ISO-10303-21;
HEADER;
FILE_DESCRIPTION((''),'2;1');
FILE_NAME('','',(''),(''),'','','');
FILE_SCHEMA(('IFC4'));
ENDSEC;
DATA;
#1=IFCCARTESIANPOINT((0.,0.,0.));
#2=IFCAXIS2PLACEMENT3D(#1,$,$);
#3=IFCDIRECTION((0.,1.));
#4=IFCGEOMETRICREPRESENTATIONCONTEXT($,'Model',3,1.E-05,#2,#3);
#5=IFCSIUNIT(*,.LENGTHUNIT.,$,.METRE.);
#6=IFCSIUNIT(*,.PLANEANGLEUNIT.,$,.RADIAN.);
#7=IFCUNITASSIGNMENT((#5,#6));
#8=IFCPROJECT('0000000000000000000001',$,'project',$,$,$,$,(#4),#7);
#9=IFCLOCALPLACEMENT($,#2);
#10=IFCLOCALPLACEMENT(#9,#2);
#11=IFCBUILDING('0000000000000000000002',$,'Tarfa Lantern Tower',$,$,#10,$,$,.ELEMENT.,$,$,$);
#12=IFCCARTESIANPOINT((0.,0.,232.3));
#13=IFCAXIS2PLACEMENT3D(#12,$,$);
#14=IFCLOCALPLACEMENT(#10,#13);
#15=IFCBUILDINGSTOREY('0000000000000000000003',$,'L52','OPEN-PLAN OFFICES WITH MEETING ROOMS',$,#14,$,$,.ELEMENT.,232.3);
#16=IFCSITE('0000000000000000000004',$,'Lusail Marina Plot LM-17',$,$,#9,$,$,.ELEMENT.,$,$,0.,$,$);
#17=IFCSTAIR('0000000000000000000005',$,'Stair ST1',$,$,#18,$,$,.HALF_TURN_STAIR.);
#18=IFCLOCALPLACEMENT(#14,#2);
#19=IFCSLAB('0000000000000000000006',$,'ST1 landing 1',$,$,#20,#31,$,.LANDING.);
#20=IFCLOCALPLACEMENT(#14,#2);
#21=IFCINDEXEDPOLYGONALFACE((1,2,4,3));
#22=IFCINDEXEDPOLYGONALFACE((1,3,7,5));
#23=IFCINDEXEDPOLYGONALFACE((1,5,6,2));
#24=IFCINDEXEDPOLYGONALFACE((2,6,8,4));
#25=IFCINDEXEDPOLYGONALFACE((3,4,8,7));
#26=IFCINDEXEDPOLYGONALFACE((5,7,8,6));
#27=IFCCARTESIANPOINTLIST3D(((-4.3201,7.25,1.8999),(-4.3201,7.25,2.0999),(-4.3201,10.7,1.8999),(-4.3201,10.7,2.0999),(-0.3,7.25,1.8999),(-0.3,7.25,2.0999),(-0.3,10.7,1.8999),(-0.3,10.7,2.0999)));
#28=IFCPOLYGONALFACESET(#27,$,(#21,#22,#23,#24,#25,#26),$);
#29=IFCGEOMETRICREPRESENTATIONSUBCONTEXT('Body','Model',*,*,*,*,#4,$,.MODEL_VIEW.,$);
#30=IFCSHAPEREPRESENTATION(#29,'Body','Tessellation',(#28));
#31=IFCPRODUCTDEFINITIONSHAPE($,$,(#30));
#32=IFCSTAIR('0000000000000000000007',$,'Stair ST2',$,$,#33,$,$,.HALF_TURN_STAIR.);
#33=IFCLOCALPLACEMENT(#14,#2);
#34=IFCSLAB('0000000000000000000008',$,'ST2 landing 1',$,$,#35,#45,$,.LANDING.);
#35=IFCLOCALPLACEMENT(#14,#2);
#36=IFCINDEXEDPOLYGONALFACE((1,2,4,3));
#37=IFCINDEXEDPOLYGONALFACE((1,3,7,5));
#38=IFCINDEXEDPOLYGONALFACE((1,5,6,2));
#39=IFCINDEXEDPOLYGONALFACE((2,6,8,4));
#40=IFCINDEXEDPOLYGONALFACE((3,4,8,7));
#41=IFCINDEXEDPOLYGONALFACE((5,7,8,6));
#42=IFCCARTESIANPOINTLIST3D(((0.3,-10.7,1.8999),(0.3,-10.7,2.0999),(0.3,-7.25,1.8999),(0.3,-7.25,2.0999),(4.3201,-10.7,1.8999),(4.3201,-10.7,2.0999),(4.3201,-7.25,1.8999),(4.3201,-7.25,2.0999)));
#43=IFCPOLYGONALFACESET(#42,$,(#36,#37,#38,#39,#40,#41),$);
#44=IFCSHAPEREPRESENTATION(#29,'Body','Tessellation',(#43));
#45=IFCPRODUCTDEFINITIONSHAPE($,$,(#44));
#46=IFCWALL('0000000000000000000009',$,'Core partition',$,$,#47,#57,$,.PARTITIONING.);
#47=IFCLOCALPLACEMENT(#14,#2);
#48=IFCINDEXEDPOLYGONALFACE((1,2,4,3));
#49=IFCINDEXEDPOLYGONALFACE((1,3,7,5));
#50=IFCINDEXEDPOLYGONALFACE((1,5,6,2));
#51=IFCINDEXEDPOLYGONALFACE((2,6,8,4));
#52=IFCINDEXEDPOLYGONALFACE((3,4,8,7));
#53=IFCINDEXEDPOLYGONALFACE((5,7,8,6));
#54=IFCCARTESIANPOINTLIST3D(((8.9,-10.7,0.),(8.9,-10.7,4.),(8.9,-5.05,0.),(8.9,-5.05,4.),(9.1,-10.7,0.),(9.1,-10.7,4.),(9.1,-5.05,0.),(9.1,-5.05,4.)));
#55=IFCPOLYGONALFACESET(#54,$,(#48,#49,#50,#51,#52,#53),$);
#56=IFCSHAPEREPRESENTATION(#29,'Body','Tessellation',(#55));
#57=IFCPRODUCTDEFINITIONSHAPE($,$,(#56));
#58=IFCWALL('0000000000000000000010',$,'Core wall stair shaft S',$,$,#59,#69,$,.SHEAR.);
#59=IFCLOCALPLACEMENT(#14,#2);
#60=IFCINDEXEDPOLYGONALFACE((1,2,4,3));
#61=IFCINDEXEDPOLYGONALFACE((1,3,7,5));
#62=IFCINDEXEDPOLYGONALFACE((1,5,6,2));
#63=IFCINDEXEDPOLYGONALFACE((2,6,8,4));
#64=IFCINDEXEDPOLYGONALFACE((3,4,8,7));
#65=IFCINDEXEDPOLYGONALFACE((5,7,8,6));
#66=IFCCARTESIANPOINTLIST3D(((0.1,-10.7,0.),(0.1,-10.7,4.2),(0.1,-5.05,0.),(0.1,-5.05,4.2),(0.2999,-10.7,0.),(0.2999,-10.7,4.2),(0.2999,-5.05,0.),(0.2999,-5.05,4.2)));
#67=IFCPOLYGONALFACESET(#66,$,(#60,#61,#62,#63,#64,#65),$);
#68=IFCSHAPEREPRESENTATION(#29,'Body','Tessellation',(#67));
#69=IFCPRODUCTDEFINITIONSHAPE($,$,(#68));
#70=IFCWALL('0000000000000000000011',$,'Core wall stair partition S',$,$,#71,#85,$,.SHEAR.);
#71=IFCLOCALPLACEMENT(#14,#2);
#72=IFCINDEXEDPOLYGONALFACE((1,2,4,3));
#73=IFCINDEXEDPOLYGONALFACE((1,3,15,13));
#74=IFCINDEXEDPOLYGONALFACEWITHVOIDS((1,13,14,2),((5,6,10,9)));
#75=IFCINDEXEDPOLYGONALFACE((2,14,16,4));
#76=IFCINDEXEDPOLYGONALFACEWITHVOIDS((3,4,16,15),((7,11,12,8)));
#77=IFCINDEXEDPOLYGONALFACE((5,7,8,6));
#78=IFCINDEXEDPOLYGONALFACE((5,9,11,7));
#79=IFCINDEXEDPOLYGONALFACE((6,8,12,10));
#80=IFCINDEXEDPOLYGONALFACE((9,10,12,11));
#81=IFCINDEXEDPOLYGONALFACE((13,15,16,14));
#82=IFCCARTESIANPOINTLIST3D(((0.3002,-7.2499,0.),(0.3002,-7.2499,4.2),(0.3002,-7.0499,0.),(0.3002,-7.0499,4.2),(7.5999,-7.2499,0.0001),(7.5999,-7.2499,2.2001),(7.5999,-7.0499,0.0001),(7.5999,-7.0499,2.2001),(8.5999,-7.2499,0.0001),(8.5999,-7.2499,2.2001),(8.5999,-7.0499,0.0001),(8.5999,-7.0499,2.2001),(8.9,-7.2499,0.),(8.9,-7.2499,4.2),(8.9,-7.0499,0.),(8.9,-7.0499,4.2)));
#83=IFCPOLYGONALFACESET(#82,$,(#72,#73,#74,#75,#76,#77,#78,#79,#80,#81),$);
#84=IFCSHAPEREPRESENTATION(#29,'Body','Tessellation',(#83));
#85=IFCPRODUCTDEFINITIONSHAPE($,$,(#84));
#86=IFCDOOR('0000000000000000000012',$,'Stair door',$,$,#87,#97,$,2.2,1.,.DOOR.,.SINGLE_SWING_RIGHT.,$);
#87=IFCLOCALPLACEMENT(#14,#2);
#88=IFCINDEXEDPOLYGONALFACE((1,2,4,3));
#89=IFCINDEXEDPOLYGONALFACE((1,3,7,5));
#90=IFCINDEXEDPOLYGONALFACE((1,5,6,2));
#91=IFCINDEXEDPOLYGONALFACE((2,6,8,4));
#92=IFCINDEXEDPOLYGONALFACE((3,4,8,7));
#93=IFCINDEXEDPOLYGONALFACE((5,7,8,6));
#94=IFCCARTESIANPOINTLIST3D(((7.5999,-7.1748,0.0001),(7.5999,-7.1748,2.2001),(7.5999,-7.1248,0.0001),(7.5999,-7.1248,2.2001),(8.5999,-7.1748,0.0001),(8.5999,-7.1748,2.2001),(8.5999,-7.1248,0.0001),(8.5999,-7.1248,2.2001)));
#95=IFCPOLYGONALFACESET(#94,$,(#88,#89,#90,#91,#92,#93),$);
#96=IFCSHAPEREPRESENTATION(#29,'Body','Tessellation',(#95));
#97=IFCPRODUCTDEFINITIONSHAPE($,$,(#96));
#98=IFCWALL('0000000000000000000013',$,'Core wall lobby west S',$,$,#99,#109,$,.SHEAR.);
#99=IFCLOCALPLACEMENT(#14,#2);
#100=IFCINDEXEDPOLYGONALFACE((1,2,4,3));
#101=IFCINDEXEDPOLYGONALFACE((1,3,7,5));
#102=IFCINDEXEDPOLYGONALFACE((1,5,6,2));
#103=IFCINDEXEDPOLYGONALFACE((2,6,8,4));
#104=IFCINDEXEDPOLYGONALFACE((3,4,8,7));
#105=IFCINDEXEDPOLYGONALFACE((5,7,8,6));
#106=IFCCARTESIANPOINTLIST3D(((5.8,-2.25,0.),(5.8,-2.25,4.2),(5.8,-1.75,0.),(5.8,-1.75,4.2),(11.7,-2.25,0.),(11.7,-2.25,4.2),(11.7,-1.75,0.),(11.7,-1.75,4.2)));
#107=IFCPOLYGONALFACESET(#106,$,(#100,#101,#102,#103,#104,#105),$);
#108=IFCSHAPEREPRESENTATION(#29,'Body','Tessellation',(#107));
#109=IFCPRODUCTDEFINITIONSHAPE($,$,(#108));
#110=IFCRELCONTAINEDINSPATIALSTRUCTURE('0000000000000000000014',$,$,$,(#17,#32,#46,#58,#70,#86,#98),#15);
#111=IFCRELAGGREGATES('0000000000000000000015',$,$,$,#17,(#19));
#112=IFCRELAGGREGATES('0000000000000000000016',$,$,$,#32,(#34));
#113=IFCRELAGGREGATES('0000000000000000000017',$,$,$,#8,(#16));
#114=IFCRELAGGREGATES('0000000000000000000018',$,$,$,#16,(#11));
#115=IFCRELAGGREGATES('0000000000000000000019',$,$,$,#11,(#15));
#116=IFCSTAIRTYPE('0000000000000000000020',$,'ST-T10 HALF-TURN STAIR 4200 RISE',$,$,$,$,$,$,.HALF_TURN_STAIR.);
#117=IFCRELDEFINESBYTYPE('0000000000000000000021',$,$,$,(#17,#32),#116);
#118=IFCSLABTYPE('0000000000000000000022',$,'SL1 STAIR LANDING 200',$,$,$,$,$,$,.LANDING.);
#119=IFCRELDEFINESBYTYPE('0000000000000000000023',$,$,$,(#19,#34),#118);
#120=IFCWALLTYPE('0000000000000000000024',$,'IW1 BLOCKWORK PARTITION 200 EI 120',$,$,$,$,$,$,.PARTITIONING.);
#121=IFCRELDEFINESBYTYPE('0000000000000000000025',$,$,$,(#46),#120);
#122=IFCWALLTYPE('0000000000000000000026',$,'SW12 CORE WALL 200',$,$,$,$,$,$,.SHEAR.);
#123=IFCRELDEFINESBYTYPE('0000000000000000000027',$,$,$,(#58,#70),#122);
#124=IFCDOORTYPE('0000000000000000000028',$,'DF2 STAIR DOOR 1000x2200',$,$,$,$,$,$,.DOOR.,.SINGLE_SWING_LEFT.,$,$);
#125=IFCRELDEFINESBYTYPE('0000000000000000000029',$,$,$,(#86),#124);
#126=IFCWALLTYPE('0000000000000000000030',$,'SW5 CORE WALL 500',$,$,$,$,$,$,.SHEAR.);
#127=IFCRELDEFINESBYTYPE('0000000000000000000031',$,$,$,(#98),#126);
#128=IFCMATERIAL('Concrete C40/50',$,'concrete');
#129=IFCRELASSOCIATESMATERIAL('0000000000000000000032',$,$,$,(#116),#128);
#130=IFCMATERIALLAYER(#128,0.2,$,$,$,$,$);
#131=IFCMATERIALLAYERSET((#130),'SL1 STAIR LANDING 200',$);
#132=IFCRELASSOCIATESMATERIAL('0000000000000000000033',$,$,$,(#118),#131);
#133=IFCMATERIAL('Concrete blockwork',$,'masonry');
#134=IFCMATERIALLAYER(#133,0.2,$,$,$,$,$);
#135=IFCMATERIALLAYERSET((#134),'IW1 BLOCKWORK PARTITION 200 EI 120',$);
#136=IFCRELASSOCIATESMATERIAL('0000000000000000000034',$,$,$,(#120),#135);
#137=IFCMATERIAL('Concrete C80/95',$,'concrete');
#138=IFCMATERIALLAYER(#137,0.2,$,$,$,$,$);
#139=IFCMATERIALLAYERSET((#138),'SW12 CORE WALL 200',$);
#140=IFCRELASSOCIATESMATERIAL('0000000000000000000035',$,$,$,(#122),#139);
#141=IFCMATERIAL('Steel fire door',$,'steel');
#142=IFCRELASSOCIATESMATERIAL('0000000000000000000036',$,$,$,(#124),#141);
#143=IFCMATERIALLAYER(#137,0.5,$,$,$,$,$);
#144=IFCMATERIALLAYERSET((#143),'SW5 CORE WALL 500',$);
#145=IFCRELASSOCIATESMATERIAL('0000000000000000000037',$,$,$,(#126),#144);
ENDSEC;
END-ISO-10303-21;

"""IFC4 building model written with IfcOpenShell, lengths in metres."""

from ifc_helpers import new_model, si_unit, direction, frame, frame_2d, origin, place, context, subcontext, project, spatial, polyline, rectangle, outline, extrude, material, layer, layer_set, type_object, element, fill, aggregate, save


model = new_model("IFC4")

# Units and contexts
model_context = context("Model", 3, precision=1e-05, world=origin(), true_north=direction((0.0, 1.0)))
body_context = subcontext(model_context, "Body", "Model", "MODEL_VIEW")
ifc_project = project(units=[si_unit("LENGTHUNIT", "METRE"), si_unit("PLANEANGLEUNIT", "RADIAN")], contexts=[model_context])

# Site, building, storey
site_placement = place(None, origin())
site = spatial("IfcSite", under=ifc_project, at=site_placement, Name="Lusail Marina Plot LM-17", CompositionType="ELEMENT", RefElevation=0.0)
building_placement = place(site_placement, origin())
building = spatial("IfcBuilding", under=site, at=building_placement, Name="Tarfa Lantern Tower", CompositionType="ELEMENT")
storey_placement = place(building_placement, frame((0.0, 0.0, 232.3)))
storey = spatial("IfcBuildingStorey", under=building, at=storey_placement, Name="L52", Description="OPEN-PLAN OFFICES WITH MEETING ROOMS", CompositionType="ELEMENT", Elevation=232.3)

# Stairs, slabs
ifc_material_1 = material(Name="Concrete C40/50", Category="concrete")
stair_type = type_object("IfcStairType", Name="ST-T10 HALF-TURN STAIR 4200 RISE", PredefinedType="HALF_TURN_STAIR", material=ifc_material_1)
stair_1_placement = place(storey_placement, origin())
stair_1 = element("IfcStair", 1, at=stair_1_placement, inside=storey, type_object=stair_type, Name="Stair ST1", PredefinedType="HALF_TURN_STAIR")
ifc_layer_1 = layer(ifc_material_1, 0.2)
ifc_layer_set_1 = layer_set([ifc_layer_1], Name="SL1 STAIR LANDING 200")
slab_type = type_object("IfcSlabType", Name="SL1 STAIR LANDING 200", PredefinedType="LANDING", material=ifc_layer_set_1)
slab_1_placement = place(storey_placement, frame((0.0, 0.0, 1.8999)))
slab_1 = element("IfcSlab", 2, at=slab_1_placement, type_object=slab_type, Name="ST1 landing 1", PredefinedType="LANDING", context=body_context, shape_type="SweptSolid", body=[
    extrude(outline(polyline([(-4.3201, 7.25), (-0.3, 7.25), (-0.3, 10.7), (-4.3201, 10.7), (-4.3201, 7.25)])), origin(), (0.0, 0.0, 1.0), 0.2),
])
aggregate(stair_1, [slab_1])
stair_2_placement = place(storey_placement, origin())
stair_2 = element("IfcStair", 3, at=stair_2_placement, inside=storey, type_object=stair_type, Name="Stair ST2", PredefinedType="HALF_TURN_STAIR")
slab_2_placement = place(storey_placement, frame((0.0, 0.0, 1.8999)))
slab_2 = element("IfcSlab", 4, at=slab_2_placement, type_object=slab_type, Name="ST2 landing 1", PredefinedType="LANDING", context=body_context, shape_type="SweptSolid", body=[
    extrude(outline(polyline([(4.3201, -7.25), (0.3, -7.25), (0.3, -10.7), (4.3201, -10.7), (4.3201, -7.25)])), origin(), (0.0, 0.0, 1.0), 0.2),
])

# Walls
ifc_material_2 = material(Name="Concrete blockwork", Category="masonry")
ifc_layer_2 = layer(ifc_material_2, 0.2)
ifc_layer_set_2 = layer_set([ifc_layer_2], Name="IW1 BLOCKWORK PARTITION 200 EI 120")
wall_type_1 = type_object("IfcWallType", Name="IW1 BLOCKWORK PARTITION 200 EI 120", PredefinedType="PARTITIONING", material=ifc_layer_set_2)
wall_1_placement = place(storey_placement, frame((9.0, -5.05, 0.0), z_axis=(0.0, 0.0, 1.0), x_axis=(0.0, -1.0, 0.0)))
element("IfcWall", 5, at=wall_1_placement, inside=storey, type_object=wall_type_1, Name="Core partition", PredefinedType="PARTITIONING", context=body_context, shape_type="SweptSolid", body=[
    extrude(rectangle(XDim=5.6499, YDim=0.2, at=frame_2d((2.825, 0.0))), origin(), (0.0, 0.0, 1.0), 4.0),
])
ifc_material_3 = material(Name="Concrete C80/95", Category="concrete")
ifc_layer_3 = layer(ifc_material_3, 0.2)
ifc_layer_set_3 = layer_set([ifc_layer_3], Name="SW12 CORE WALL 200")
wall_type_2 = type_object("IfcWallType", Name="SW12 CORE WALL 200", PredefinedType="SHEAR", material=ifc_layer_set_3)
wall_2_placement = place(storey_placement, frame((0.2, -5.05, 0.0), z_axis=(0.0, 0.0, 1.0), x_axis=(0.0, -1.0, 0.0)))
element("IfcWall", 6, at=wall_2_placement, inside=storey, type_object=wall_type_2, Name="Core wall stair shaft S", PredefinedType="SHEAR", context=body_context, shape_type="SweptSolid", body=[
    extrude(rectangle(XDim=5.6499, YDim=0.2, at=frame_2d((2.825, 0.0))), origin(), (0.0, 0.0, 1.0), 4.2),
])

# Wall, opening, door
wall_3_placement = place(storey_placement, frame((8.8999, -7.1499, 0.0), z_axis=(0.0, 0.0, 1.0), x_axis=(-1.0, 0.0, 0.0)))
wall_3 = element("IfcWall", 7, at=wall_3_placement, inside=storey, type_object=wall_type_2, Name="Core wall stair partition S", PredefinedType="SHEAR", context=body_context, shape_type="SweptSolid", body=[
    extrude(rectangle(XDim=8.5999, YDim=0.2, at=frame_2d((4.2998, 0.0))), origin(), (0.0, 0.0, 1.0), 4.2),
])
opening_1_placement = place(wall_3_placement, frame((0.3, 0.0, 0.0)))
opening_1 = element("IfcOpeningElement", 8, at=opening_1_placement, cuts=wall_3, PredefinedType="OPENING", context=body_context, shape_type="SweptSolid", body=[
    extrude(rectangle(XDim=1.0, YDim=2.2, at=frame_2d((0.5, 1.1001))), frame((0.0, 0.1099, 0.0), z_axis=(0.0, -1.0, 0.0), x_axis=(1.0, 0.0, 0.0)), (0.0, 0.0, 1.0), 0.22),
])
ifc_material_4 = material(Name="Steel fire door", Category="steel")
door_type_1 = type_object("IfcDoorType", Name="DF2 STAIR DOOR 1000x2200", OperationType="SINGLE_SWING_LEFT", PredefinedType="DOOR", material=ifc_material_4)
door_1_placement = place(opening_1_placement, origin())
door_1 = element("IfcDoor", 9, at=door_1_placement, inside=storey, type_object=door_type_1, Name="Stair door", OperationType="SINGLE_SWING_RIGHT", OverallHeight=2.2, OverallWidth=1.0, PredefinedType="DOOR", context=body_context, shape_type="SweptSolid", body=[
    extrude(rectangle(XDim=1.0, YDim=2.2, at=frame_2d((0.5, 1.1001))), frame((0.0, 0.0249, 0.0), z_axis=(0.0, -1.0, 0.0), x_axis=(1.0, 0.0, 0.0)), (0.0, 0.0, 1.0), 0.05),
])
fill(opening_1, door_1)

# Wall
ifc_layer_4 = layer(ifc_material_3, 0.5)
ifc_layer_set_4 = layer_set([ifc_layer_4], Name="SW5 CORE WALL 500")
wall_type_3 = type_object("IfcWallType", Name="SW5 CORE WALL 500", PredefinedType="SHEAR", material=ifc_layer_set_4)
wall_4_placement = place(storey_placement, frame((11.7, -2.0, 0.0), z_axis=(0.0, 0.0, 1.0), x_axis=(-1.0, 0.0, 0.0)))
element("IfcWall", 10, at=wall_4_placement, inside=storey, type_object=wall_type_3, Name="Core wall lobby west S", PredefinedType="SHEAR", context=body_context, shape_type="SweptSolid", body=[
    extrude(rectangle(XDim=5.8999, YDim=0.5, at=frame_2d((2.95, 0.0))), origin(), (0.0, 0.0, 1.0), 4.2),
])

aggregate(stair_2, [slab_2])

save(model, "model.ifc")
